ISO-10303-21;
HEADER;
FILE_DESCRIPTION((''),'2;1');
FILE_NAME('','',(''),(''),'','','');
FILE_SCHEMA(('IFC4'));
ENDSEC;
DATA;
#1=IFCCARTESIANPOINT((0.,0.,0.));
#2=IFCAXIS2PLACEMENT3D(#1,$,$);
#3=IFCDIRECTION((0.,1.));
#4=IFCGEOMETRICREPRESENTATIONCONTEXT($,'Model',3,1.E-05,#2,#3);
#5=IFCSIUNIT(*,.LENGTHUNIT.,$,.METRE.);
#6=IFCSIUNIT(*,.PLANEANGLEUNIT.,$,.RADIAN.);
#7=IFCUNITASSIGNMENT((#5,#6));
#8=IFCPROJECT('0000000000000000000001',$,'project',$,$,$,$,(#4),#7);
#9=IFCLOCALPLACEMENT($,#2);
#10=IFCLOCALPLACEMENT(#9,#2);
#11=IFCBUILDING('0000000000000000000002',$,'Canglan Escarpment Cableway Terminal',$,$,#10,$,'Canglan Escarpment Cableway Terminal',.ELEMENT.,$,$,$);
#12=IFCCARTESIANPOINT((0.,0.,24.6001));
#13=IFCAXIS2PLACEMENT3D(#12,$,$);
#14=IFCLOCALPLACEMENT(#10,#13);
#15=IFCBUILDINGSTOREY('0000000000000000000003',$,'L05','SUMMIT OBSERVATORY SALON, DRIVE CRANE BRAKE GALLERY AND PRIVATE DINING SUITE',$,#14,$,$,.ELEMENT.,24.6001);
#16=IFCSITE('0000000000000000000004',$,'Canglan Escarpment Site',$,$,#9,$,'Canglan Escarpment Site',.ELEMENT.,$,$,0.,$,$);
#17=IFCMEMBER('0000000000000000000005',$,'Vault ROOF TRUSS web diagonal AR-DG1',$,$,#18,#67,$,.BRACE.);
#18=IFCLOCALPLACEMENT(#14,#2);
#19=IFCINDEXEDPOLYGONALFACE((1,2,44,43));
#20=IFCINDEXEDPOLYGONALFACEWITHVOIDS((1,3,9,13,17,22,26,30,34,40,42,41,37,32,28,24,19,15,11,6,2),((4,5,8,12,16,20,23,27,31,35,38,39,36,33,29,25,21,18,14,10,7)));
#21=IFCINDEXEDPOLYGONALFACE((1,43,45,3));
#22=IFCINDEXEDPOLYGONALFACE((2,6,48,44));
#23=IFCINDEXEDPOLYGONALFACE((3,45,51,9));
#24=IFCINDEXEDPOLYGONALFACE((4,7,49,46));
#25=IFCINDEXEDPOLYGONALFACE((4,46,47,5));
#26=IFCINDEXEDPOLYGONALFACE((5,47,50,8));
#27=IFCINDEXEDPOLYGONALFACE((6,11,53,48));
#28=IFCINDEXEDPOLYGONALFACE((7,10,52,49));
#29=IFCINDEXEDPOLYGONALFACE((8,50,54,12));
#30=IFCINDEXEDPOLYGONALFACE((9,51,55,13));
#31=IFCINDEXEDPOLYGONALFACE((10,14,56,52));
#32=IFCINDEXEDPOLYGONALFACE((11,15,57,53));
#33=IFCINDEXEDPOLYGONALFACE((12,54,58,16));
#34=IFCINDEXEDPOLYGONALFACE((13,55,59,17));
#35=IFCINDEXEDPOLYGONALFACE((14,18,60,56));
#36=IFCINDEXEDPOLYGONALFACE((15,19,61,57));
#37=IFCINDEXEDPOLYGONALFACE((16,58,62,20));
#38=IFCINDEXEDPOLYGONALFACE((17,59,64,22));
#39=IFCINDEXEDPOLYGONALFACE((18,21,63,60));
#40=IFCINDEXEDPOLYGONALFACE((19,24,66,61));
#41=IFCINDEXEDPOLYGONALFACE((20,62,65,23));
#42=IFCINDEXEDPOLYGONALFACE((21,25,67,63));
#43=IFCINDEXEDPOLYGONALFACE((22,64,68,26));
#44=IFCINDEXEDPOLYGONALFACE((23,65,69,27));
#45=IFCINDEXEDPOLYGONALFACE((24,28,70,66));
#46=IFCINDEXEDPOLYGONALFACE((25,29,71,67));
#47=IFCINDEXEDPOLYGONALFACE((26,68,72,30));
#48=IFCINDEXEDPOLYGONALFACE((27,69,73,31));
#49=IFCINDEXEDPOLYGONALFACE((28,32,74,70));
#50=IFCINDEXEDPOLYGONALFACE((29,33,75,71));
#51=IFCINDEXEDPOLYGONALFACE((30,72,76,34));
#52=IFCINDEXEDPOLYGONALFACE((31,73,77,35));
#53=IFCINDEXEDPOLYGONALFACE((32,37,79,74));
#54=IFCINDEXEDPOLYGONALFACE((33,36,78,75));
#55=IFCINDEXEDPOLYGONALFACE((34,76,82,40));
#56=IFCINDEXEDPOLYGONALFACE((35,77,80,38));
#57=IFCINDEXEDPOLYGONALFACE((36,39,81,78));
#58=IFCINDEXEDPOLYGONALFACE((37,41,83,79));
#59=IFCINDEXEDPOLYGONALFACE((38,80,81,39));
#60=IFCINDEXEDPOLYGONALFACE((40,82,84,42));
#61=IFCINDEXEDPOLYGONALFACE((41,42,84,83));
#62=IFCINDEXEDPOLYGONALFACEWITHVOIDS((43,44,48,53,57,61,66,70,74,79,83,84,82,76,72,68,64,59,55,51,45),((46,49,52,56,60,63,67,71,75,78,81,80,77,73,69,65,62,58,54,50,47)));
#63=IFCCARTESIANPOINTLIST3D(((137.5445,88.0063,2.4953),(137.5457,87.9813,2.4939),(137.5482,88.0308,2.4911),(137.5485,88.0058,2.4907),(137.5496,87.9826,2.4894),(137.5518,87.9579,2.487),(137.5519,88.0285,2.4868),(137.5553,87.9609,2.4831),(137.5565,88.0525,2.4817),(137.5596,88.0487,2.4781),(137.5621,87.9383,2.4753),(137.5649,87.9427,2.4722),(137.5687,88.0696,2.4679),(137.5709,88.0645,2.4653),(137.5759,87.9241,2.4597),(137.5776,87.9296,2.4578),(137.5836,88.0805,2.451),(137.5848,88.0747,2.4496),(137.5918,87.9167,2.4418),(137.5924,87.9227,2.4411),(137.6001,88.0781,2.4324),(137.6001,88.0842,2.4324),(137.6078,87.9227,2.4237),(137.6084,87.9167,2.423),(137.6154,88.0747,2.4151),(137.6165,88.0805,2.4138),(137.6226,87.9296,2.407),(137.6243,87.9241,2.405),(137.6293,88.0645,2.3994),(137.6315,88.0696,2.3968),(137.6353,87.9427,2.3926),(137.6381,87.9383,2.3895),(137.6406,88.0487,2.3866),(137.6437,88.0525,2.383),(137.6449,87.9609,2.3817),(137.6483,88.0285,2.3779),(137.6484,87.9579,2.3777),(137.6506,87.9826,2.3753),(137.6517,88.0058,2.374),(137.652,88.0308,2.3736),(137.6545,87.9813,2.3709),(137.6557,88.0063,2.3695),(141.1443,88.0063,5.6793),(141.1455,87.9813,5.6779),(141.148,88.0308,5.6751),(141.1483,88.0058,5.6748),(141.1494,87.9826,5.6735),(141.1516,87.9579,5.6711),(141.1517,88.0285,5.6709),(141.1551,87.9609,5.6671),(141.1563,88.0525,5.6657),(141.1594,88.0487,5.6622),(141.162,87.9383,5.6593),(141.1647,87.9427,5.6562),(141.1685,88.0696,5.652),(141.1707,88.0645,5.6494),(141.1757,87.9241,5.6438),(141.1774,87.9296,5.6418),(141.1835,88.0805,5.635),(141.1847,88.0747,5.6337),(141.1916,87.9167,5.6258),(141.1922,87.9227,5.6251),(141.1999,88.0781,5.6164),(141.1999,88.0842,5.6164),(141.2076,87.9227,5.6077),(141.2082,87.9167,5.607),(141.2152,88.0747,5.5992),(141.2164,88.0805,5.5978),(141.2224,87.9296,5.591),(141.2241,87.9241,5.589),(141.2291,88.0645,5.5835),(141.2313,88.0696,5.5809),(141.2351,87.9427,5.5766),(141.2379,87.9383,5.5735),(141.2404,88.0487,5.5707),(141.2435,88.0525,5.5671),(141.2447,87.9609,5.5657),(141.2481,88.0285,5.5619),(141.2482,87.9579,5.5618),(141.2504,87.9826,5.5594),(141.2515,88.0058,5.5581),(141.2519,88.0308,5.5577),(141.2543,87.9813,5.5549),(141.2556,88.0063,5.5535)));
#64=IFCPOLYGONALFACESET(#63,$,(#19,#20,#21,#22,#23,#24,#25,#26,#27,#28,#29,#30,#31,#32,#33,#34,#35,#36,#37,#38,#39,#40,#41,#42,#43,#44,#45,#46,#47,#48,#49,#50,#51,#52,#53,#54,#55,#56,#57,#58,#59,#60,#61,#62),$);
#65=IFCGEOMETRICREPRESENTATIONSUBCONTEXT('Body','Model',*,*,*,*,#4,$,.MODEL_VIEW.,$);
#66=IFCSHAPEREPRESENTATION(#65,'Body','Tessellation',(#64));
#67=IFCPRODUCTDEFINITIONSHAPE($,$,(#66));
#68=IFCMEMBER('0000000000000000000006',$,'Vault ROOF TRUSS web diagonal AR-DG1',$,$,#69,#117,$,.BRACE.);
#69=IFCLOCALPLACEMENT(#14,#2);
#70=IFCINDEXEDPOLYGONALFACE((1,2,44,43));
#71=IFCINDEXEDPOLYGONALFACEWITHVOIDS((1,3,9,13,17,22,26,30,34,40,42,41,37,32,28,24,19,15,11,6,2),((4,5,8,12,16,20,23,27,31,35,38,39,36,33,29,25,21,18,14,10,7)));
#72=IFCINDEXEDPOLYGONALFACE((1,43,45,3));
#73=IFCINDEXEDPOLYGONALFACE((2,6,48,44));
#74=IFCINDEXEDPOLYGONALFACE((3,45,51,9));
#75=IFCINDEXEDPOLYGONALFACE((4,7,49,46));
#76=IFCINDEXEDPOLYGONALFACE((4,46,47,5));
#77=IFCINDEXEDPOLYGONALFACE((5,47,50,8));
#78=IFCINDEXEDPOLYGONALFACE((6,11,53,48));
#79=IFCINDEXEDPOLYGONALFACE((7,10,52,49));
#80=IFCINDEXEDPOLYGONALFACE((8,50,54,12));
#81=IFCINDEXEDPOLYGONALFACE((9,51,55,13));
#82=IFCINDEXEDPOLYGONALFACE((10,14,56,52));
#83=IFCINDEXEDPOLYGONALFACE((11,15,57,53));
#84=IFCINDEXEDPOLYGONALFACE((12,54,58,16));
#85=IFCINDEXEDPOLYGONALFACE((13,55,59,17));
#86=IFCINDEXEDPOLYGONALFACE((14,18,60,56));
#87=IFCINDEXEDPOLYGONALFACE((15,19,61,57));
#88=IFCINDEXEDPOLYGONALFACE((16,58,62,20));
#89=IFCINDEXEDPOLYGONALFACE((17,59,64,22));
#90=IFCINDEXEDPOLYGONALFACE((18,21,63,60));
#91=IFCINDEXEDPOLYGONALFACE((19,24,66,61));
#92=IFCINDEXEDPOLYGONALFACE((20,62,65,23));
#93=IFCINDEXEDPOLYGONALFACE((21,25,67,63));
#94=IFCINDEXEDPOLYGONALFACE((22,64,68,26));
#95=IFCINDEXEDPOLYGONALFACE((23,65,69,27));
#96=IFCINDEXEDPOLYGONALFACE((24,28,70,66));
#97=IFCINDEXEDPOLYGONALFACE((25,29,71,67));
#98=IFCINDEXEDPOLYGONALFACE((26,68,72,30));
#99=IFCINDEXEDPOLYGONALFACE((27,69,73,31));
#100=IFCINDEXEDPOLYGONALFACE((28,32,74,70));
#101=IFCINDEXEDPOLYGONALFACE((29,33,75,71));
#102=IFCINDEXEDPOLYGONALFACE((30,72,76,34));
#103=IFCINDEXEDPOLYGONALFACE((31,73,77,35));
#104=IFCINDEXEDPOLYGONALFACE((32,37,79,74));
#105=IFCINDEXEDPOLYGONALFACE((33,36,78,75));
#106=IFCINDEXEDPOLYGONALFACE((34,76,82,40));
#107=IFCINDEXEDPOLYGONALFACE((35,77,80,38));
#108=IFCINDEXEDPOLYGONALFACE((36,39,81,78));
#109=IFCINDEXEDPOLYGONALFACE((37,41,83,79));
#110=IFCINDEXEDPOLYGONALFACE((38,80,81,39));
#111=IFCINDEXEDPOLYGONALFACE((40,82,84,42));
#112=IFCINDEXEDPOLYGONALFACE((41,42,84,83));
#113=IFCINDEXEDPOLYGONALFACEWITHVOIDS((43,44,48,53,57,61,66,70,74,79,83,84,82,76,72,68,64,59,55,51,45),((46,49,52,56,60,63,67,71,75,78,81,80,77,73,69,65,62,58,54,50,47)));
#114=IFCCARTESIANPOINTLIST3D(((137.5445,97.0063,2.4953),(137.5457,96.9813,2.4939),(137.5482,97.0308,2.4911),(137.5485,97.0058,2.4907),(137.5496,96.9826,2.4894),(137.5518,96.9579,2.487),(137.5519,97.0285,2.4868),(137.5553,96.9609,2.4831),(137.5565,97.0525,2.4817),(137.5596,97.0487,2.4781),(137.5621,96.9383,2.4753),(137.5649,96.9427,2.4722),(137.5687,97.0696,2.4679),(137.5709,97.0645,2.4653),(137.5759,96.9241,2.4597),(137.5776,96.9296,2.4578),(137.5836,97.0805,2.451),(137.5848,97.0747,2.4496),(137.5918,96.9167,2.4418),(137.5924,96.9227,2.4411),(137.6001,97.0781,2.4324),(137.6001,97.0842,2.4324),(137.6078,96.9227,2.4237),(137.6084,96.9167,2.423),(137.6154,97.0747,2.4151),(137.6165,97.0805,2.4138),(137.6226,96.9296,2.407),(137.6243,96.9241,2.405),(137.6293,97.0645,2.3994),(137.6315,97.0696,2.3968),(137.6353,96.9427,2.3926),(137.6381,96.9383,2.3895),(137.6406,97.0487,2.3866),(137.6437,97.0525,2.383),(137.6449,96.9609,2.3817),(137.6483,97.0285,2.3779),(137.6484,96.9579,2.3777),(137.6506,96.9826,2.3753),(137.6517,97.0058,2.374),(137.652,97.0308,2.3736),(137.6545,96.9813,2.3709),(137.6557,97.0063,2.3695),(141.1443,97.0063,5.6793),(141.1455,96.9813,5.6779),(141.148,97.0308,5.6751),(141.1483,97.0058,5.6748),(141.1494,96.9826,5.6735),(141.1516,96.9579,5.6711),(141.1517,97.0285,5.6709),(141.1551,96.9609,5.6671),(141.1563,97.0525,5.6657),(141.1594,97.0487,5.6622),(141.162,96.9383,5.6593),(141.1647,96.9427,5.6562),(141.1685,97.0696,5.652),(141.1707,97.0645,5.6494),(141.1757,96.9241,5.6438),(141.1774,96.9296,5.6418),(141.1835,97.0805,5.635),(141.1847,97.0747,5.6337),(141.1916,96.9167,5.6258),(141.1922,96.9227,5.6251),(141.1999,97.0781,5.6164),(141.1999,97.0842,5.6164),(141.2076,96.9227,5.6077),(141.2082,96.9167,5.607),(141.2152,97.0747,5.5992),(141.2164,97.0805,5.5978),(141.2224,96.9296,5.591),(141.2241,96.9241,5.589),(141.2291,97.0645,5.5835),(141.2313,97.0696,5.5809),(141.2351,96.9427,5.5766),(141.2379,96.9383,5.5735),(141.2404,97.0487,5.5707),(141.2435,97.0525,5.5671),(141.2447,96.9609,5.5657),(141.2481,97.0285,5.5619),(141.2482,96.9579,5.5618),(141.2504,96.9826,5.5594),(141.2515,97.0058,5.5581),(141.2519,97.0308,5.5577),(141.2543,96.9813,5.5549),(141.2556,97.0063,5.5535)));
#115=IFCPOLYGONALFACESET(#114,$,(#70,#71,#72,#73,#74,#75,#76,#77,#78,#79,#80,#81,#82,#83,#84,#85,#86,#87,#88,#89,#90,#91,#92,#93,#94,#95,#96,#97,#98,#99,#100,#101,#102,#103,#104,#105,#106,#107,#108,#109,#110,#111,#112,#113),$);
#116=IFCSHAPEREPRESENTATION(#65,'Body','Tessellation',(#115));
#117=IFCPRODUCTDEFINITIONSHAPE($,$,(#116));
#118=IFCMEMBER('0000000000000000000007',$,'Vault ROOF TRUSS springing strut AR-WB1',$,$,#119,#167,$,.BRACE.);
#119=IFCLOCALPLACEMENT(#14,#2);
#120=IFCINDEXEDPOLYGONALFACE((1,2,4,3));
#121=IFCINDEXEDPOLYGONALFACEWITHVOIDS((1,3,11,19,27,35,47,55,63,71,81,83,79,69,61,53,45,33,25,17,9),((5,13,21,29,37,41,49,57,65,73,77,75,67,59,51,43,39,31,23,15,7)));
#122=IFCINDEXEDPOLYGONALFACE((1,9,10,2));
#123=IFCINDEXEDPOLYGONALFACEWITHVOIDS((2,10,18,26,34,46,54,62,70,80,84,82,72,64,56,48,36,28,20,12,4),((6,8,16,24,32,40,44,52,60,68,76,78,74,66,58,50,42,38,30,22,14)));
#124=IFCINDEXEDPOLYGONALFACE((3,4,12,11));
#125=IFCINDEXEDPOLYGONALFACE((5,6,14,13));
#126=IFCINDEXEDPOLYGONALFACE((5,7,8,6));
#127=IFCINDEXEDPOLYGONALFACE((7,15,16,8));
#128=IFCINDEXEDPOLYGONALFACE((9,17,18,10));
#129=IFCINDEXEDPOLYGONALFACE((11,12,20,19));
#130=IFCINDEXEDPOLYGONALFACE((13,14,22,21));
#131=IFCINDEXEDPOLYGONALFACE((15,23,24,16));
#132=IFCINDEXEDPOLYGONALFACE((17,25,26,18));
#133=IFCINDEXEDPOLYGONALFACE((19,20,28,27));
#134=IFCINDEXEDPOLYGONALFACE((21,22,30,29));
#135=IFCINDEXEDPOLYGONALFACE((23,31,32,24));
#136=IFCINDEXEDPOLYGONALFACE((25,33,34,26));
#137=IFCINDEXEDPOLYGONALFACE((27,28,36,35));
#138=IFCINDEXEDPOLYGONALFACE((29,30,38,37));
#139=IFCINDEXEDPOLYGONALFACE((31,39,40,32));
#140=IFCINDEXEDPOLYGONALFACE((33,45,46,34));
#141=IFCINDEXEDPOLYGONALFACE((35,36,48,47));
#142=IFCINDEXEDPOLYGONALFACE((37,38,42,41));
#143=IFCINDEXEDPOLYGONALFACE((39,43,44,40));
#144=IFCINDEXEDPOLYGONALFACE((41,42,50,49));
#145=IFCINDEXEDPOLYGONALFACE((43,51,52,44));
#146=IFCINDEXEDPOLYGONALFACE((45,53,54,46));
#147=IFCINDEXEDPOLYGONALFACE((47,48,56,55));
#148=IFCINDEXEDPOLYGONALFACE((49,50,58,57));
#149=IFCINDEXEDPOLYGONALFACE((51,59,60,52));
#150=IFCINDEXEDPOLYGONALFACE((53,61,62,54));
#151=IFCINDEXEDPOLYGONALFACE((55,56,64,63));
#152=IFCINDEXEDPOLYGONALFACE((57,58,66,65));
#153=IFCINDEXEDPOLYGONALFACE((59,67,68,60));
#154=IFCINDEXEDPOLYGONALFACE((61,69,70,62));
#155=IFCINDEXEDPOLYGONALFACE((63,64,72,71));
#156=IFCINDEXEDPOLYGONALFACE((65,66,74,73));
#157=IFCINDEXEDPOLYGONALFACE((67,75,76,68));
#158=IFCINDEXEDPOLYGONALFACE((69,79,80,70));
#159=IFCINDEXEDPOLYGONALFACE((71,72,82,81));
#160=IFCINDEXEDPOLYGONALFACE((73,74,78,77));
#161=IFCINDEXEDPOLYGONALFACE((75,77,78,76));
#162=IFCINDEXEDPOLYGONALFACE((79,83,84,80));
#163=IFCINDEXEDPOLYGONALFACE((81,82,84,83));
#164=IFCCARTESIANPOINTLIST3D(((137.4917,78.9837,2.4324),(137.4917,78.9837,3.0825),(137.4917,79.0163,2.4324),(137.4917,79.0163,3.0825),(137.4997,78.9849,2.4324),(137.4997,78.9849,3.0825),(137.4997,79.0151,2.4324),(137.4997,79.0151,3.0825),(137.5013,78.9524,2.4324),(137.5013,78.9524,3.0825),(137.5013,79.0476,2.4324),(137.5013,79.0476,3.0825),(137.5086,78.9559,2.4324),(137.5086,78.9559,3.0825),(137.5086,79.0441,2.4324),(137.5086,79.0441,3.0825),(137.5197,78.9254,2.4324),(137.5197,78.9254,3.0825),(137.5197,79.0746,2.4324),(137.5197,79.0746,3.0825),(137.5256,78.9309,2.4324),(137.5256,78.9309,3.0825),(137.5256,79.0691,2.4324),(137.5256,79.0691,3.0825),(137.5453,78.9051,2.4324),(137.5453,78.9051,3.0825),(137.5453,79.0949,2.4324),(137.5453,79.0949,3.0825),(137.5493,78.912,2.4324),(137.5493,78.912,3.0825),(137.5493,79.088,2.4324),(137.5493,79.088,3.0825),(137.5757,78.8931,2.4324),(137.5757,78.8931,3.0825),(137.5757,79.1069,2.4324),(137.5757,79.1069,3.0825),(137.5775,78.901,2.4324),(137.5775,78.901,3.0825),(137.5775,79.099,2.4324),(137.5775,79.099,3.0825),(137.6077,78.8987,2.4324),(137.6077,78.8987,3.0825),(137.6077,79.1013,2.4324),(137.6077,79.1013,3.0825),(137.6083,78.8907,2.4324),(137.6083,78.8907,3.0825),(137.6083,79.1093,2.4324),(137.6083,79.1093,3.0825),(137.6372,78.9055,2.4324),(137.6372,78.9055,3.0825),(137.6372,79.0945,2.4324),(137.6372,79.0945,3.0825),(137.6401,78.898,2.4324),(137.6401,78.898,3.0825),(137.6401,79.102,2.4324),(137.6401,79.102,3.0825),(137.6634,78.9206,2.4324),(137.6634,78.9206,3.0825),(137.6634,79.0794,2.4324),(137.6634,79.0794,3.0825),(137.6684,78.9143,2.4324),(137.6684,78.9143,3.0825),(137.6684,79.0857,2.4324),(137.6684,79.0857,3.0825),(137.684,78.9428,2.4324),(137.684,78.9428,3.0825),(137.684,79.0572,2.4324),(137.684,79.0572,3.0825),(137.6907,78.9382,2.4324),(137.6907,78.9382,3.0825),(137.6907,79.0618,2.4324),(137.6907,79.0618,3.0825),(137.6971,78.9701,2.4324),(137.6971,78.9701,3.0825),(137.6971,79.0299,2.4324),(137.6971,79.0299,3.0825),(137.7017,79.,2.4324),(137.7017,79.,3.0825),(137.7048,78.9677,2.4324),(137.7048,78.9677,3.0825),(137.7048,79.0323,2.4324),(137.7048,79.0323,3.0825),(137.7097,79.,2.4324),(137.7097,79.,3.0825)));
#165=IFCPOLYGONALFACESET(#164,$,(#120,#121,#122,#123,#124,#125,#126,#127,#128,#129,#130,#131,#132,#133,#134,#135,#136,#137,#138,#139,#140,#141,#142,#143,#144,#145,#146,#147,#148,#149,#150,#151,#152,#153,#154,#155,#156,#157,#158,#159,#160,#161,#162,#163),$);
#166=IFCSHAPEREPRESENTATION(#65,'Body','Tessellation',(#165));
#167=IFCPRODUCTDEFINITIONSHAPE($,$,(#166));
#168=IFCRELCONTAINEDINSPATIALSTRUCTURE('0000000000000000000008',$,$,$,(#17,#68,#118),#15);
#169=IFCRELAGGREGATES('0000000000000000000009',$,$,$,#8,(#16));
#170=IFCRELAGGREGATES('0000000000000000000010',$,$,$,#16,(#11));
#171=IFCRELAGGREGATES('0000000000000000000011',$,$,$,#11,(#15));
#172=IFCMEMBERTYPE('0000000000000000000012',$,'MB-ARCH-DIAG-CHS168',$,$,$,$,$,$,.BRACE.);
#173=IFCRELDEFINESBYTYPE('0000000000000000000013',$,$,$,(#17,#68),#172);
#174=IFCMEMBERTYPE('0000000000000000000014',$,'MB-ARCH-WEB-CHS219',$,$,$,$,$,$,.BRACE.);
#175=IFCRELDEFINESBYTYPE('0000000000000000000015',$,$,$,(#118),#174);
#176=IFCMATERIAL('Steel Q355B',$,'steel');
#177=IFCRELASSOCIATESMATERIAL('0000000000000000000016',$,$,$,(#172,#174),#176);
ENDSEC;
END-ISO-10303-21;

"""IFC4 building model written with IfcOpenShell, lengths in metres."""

from ifc_helpers import new_model, si_unit, direction, frame, origin, origin_2d, place, context, subcontext, project, spatial, hollow_circle, extrude, material, material_profile, profile_set, type_object, element, save


model = new_model("IFC4")

# Units and contexts
model_context = context("Model", 3, precision=1e-05, world=origin(), true_north=direction((0.0, 1.0)))
body_context = subcontext(model_context, "Body", "Model", "MODEL_VIEW")
ifc_project = project(units=[si_unit("LENGTHUNIT", "METRE"), si_unit("PLANEANGLEUNIT", "RADIAN")], contexts=[model_context])

# Site, building, storey
site_placement = place(None, origin())
site = spatial("IfcSite", under=ifc_project, at=site_placement, Name="Canglan Escarpment Site", LongName="Canglan Escarpment Site", CompositionType="ELEMENT", RefElevation=0.0)
building_placement = place(site_placement, origin())
building = spatial("IfcBuilding", under=site, at=building_placement, Name="Canglan Escarpment Cableway Terminal", LongName="Canglan Escarpment Cableway Terminal", CompositionType="ELEMENT")
storey_placement = place(building_placement, frame((0.0, 0.0, 24.6001)))
storey = spatial("IfcBuildingStorey", under=building, at=storey_placement, Name="L05", Description="SUMMIT OBSERVATORY SALON, DRIVE CRANE BRAKE GALLERY AND PRIVATE DINING SUITE", CompositionType="ELEMENT", Elevation=24.6001)

# Shared definitions
ifc_material_1 = material(Name="Steel Q355B", Category="steel")

# Members
ifc_material_profile_1 = material_profile(ifc_material_1, hollow_circle(Radius=0.0842, WallThickness=0.0061, at=origin_2d()), Name="CHS 168.3x6")
ifc_profile_set_1 = profile_set([ifc_material_profile_1], Name="Steel Q355B")
member_type_1 = type_object("IfcMemberType", Name="MB-ARCH-DIAG-CHS168", PredefinedType="BRACE", material=ifc_profile_set_1)
for number, where, z_axis, x_axis, name in (
    (1, (137.6001, 88.0, 2.4324), (0.749038, 0.0, 0.662527), (0.0, 1.0, 0.0), "Vault ROOF TRUSS web diagonal AR-DG1"),
    (2, (137.6001, 97.0, 2.4324), (0.749038, 0.0, 0.662527), (0.0, 1.0, 0.0), "Vault ROOF TRUSS web diagonal AR-DG1"),
):
    element("IfcMember", number, at=place(storey_placement, frame(where, z_axis=z_axis, x_axis=x_axis)), inside=storey, type_object=member_type_1, Name=name, PredefinedType="BRACE", context=body_context, shape_type="SweptSolid", body=[
        extrude(hollow_circle(Radius=0.0842, WallThickness=0.0061, at=origin_2d()), origin(), (0.0, 0.0, 1.0), 4.8059),
    ])
ifc_material_profile_2 = material_profile(ifc_material_1, hollow_circle(Radius=0.1096, WallThickness=0.0081, at=origin_2d()), Name="CHS 219.1x8")
ifc_profile_set_2 = profile_set([ifc_material_profile_2], Name="Steel Q355B")
member_type_2 = type_object("IfcMemberType", Name="MB-ARCH-WEB-CHS219", PredefinedType="BRACE", material=ifc_profile_set_2)
for number, where, z_axis, x_axis, name in (
    (3, (137.6001, 79.0, 2.4324), (0.0, 0.0, 1.0), (1.0, 0.0, 0.0), "Vault ROOF TRUSS springing strut AR-WB1"),
):
    element("IfcMember", number, at=place(storey_placement, frame(where, z_axis=z_axis, x_axis=x_axis)), inside=storey, type_object=member_type_2, Name=name, PredefinedType="BRACE", context=body_context, shape_type="SweptSolid", body=[
        extrude(hollow_circle(Radius=0.1096, WallThickness=0.0081, at=origin_2d()), origin(), (0.0, 0.0, 1.0), 0.6501),
    ])

save(model, "model.ifc")
